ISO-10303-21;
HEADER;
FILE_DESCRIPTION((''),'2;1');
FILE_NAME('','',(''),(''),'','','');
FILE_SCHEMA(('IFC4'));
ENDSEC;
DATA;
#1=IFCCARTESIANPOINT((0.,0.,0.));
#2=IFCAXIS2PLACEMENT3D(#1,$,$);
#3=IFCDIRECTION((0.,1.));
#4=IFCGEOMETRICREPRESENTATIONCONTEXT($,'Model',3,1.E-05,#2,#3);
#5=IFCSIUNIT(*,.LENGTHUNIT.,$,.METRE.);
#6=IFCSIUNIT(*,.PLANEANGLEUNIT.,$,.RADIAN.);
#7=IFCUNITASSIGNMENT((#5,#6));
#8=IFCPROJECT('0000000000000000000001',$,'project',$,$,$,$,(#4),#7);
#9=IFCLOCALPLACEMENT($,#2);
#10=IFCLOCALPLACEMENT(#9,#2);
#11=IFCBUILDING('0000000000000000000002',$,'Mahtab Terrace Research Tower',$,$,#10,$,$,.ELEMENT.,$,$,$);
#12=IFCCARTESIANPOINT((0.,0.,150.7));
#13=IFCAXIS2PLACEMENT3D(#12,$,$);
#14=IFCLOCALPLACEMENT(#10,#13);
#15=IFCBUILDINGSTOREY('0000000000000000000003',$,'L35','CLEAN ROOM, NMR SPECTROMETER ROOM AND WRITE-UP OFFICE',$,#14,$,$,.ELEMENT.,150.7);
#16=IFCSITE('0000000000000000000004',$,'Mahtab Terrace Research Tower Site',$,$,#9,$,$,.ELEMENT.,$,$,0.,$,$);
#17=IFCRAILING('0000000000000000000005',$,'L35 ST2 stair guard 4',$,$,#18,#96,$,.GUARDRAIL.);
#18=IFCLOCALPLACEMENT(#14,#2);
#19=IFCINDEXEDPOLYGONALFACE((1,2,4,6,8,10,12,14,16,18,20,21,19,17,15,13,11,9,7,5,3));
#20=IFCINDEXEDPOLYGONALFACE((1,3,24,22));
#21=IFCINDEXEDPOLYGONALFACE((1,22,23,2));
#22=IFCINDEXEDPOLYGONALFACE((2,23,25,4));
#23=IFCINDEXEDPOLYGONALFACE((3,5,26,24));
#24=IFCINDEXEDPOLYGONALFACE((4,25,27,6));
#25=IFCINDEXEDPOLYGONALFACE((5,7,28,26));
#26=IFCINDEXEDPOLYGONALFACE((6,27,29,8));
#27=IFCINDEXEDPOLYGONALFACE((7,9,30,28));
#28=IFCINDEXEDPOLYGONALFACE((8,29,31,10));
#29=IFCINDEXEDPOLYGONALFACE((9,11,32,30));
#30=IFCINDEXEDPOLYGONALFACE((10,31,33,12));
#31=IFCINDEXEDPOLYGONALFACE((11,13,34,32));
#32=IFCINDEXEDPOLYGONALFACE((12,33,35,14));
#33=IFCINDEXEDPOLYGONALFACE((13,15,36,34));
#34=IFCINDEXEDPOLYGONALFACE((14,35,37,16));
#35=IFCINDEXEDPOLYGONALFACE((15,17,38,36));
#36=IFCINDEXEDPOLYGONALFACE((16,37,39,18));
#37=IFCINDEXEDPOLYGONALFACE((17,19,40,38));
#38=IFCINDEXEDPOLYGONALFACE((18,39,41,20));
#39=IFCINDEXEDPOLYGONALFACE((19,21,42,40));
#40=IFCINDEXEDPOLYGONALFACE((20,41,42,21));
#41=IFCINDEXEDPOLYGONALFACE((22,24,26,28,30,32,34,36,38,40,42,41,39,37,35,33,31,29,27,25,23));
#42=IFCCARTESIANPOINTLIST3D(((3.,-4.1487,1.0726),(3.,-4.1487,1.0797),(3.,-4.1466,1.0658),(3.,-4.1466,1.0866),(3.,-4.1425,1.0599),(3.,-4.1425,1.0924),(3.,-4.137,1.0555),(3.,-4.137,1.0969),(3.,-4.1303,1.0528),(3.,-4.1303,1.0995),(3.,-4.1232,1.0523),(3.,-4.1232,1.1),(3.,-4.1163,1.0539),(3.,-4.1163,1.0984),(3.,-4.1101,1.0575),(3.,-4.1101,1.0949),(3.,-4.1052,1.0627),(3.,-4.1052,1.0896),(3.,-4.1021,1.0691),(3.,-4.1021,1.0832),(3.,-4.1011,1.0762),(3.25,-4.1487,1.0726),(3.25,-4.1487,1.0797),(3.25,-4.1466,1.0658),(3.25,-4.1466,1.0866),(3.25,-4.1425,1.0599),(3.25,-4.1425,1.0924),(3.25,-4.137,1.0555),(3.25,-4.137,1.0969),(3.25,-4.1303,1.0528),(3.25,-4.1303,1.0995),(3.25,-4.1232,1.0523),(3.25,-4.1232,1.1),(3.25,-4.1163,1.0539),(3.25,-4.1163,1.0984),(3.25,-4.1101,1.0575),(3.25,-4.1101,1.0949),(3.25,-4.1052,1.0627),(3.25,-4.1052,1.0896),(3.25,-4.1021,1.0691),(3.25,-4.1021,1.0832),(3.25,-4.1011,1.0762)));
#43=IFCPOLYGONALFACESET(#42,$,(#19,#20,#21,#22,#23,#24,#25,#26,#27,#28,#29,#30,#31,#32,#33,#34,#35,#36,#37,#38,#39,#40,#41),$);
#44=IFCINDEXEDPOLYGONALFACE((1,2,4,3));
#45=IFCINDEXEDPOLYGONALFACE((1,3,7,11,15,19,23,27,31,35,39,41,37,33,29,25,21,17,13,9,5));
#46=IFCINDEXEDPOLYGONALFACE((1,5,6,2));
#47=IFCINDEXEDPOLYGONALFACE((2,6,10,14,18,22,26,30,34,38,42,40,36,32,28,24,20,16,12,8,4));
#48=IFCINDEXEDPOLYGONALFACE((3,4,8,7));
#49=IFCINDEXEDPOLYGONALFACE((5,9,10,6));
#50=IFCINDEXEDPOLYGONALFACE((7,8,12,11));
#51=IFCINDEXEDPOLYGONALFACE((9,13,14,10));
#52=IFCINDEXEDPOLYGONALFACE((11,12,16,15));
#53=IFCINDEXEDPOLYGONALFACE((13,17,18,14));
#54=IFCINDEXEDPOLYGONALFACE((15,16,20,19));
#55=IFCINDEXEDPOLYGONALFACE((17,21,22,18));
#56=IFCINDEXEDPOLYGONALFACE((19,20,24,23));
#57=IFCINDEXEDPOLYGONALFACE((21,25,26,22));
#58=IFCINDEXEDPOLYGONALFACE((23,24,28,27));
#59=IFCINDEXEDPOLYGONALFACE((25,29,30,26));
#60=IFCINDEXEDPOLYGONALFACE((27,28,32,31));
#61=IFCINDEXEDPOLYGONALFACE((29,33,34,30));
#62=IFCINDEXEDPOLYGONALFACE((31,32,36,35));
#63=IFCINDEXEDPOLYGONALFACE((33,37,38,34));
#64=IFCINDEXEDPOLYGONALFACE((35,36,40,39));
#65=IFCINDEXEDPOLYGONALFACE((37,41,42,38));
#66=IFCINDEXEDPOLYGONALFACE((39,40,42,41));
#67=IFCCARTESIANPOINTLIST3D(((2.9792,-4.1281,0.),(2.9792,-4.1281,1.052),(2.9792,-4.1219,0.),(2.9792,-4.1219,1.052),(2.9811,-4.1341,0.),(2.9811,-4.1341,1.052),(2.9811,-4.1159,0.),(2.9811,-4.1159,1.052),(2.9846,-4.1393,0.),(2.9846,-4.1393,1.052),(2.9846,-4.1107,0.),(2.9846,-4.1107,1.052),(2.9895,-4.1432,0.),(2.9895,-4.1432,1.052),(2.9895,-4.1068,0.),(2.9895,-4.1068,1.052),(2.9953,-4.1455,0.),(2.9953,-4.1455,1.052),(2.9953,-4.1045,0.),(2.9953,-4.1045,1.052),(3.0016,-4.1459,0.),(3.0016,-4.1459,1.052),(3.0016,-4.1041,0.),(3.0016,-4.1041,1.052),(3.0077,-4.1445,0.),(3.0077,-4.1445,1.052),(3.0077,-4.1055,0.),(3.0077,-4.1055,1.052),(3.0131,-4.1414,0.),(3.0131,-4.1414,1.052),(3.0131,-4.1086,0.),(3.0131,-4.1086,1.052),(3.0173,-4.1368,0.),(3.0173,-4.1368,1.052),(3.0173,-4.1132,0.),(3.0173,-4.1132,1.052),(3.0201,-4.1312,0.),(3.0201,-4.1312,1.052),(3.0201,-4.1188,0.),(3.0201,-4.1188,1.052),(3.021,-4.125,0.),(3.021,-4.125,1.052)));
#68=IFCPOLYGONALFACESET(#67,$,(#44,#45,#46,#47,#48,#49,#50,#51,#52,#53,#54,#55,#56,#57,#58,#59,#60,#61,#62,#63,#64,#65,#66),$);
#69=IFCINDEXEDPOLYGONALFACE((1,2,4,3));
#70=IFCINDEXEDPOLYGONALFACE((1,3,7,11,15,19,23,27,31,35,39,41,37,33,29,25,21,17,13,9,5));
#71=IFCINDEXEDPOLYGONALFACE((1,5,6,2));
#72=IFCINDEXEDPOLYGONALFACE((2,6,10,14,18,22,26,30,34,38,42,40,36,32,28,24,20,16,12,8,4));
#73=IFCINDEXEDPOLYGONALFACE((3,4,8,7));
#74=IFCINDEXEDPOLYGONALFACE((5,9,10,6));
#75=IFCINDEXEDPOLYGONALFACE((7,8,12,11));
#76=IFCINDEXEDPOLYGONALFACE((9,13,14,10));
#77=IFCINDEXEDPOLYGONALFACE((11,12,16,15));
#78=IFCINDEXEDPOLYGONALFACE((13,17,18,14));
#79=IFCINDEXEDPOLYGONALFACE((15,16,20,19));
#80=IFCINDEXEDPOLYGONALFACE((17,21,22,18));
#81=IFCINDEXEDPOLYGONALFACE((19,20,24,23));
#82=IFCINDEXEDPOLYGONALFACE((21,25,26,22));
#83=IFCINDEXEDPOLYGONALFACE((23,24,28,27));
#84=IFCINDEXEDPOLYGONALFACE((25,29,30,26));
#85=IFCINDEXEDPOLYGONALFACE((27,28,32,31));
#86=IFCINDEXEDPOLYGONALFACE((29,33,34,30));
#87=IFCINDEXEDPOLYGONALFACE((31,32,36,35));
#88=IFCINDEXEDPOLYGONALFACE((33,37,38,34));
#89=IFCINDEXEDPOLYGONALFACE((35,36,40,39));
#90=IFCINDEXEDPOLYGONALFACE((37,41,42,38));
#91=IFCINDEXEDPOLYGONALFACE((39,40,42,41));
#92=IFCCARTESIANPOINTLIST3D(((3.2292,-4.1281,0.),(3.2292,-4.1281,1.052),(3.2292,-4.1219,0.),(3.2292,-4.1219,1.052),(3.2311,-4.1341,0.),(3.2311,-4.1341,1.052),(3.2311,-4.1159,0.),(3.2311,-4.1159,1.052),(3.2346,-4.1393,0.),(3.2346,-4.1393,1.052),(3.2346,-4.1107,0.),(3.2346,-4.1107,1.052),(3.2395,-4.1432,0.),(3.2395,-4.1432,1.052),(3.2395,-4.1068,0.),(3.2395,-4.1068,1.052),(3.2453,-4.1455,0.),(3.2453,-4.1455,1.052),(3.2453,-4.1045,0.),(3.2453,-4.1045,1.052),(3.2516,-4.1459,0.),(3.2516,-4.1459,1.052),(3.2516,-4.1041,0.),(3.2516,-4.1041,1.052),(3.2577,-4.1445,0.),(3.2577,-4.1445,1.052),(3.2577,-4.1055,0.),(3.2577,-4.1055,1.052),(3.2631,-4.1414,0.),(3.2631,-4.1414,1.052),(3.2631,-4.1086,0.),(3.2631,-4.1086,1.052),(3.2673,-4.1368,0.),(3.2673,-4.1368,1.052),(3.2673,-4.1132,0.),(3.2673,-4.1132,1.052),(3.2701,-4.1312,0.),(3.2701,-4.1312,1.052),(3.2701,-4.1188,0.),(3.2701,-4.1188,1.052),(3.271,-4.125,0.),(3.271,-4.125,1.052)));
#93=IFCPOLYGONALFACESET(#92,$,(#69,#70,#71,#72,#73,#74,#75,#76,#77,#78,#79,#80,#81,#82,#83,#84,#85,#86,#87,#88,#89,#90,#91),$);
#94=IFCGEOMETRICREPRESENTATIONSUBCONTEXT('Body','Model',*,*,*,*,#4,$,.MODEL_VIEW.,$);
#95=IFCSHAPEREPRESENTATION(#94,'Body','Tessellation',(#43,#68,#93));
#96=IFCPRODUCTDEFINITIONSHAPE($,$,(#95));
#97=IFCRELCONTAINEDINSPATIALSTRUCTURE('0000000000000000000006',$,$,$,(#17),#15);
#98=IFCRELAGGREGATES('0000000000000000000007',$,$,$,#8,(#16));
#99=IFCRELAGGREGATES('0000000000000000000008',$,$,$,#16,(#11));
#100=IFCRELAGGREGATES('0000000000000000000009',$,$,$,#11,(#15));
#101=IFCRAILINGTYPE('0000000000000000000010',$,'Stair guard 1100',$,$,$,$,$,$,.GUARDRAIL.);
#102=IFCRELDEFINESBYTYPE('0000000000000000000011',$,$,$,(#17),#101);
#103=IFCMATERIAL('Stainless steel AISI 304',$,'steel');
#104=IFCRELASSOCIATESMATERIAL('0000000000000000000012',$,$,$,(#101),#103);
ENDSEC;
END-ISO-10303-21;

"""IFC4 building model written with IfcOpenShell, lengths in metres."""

from ifc_helpers import new_model, si_unit, direction, frame, origin, origin_2d, place, context, subcontext, project, spatial, circle, extrude, material, type_object, element, save


model = new_model("IFC4")

# Units and contexts
model_context = context("Model", 3, precision=1e-05, world=origin(), true_north=direction((0.0, 1.0)))
body_context = subcontext(model_context, "Body", "Model", "MODEL_VIEW")
ifc_project = project(units=[si_unit("LENGTHUNIT", "METRE"), si_unit("PLANEANGLEUNIT", "RADIAN")], contexts=[model_context])

# Site, building, storey
site_placement = place(None, origin())
site = spatial("IfcSite", under=ifc_project, at=site_placement, Name="Mahtab Terrace Research Tower Site", CompositionType="ELEMENT", RefElevation=0.0)
building_placement = place(site_placement, origin())
building = spatial("IfcBuilding", under=site, at=building_placement, Name="Mahtab Terrace Research Tower", CompositionType="ELEMENT")
storey_placement = place(building_placement, frame((0.0, 0.0, 150.7)))
storey = spatial("IfcBuildingStorey", under=building, at=storey_placement, Name="L35", Description="CLEAN ROOM, NMR SPECTROMETER ROOM AND WRITE-UP OFFICE", CompositionType="ELEMENT", Elevation=150.7)

# Railing
ifc_material_1 = material(Name="Stainless steel AISI 304", Category="steel")
railing_type_1 = type_object("IfcRailingType", Name="Stair guard 1100", PredefinedType="GUARDRAIL", material=ifc_material_1)
railing_1_placement = place(storey_placement, frame((3.0, -4.125, 0.0)))
element("IfcRailing", 1, at=railing_1_placement, inside=storey, type_object=railing_type_1, Name="L35 ST2 stair guard 4", PredefinedType="GUARDRAIL", context=body_context, shape_type="SweptSolid", body=[
    extrude(circle(Radius=0.0239, at=origin_2d()), frame((0.0, 0.0, 1.0762), z_axis=(1.0, 0.0, 0.0), x_axis=(0.0, 1.0, 0.0)), (0.0, 0.0, 1.0), 0.25),
    extrude(circle(Radius=0.021, at=origin_2d()), origin(), (0.0, 0.0, 1.0), 1.052),
    extrude(circle(Radius=0.021, at=origin_2d()), frame((0.25, 0.0, 0.0)), (0.0, 0.0, 1.0), 1.052),
])

save(model, "model.ifc")
